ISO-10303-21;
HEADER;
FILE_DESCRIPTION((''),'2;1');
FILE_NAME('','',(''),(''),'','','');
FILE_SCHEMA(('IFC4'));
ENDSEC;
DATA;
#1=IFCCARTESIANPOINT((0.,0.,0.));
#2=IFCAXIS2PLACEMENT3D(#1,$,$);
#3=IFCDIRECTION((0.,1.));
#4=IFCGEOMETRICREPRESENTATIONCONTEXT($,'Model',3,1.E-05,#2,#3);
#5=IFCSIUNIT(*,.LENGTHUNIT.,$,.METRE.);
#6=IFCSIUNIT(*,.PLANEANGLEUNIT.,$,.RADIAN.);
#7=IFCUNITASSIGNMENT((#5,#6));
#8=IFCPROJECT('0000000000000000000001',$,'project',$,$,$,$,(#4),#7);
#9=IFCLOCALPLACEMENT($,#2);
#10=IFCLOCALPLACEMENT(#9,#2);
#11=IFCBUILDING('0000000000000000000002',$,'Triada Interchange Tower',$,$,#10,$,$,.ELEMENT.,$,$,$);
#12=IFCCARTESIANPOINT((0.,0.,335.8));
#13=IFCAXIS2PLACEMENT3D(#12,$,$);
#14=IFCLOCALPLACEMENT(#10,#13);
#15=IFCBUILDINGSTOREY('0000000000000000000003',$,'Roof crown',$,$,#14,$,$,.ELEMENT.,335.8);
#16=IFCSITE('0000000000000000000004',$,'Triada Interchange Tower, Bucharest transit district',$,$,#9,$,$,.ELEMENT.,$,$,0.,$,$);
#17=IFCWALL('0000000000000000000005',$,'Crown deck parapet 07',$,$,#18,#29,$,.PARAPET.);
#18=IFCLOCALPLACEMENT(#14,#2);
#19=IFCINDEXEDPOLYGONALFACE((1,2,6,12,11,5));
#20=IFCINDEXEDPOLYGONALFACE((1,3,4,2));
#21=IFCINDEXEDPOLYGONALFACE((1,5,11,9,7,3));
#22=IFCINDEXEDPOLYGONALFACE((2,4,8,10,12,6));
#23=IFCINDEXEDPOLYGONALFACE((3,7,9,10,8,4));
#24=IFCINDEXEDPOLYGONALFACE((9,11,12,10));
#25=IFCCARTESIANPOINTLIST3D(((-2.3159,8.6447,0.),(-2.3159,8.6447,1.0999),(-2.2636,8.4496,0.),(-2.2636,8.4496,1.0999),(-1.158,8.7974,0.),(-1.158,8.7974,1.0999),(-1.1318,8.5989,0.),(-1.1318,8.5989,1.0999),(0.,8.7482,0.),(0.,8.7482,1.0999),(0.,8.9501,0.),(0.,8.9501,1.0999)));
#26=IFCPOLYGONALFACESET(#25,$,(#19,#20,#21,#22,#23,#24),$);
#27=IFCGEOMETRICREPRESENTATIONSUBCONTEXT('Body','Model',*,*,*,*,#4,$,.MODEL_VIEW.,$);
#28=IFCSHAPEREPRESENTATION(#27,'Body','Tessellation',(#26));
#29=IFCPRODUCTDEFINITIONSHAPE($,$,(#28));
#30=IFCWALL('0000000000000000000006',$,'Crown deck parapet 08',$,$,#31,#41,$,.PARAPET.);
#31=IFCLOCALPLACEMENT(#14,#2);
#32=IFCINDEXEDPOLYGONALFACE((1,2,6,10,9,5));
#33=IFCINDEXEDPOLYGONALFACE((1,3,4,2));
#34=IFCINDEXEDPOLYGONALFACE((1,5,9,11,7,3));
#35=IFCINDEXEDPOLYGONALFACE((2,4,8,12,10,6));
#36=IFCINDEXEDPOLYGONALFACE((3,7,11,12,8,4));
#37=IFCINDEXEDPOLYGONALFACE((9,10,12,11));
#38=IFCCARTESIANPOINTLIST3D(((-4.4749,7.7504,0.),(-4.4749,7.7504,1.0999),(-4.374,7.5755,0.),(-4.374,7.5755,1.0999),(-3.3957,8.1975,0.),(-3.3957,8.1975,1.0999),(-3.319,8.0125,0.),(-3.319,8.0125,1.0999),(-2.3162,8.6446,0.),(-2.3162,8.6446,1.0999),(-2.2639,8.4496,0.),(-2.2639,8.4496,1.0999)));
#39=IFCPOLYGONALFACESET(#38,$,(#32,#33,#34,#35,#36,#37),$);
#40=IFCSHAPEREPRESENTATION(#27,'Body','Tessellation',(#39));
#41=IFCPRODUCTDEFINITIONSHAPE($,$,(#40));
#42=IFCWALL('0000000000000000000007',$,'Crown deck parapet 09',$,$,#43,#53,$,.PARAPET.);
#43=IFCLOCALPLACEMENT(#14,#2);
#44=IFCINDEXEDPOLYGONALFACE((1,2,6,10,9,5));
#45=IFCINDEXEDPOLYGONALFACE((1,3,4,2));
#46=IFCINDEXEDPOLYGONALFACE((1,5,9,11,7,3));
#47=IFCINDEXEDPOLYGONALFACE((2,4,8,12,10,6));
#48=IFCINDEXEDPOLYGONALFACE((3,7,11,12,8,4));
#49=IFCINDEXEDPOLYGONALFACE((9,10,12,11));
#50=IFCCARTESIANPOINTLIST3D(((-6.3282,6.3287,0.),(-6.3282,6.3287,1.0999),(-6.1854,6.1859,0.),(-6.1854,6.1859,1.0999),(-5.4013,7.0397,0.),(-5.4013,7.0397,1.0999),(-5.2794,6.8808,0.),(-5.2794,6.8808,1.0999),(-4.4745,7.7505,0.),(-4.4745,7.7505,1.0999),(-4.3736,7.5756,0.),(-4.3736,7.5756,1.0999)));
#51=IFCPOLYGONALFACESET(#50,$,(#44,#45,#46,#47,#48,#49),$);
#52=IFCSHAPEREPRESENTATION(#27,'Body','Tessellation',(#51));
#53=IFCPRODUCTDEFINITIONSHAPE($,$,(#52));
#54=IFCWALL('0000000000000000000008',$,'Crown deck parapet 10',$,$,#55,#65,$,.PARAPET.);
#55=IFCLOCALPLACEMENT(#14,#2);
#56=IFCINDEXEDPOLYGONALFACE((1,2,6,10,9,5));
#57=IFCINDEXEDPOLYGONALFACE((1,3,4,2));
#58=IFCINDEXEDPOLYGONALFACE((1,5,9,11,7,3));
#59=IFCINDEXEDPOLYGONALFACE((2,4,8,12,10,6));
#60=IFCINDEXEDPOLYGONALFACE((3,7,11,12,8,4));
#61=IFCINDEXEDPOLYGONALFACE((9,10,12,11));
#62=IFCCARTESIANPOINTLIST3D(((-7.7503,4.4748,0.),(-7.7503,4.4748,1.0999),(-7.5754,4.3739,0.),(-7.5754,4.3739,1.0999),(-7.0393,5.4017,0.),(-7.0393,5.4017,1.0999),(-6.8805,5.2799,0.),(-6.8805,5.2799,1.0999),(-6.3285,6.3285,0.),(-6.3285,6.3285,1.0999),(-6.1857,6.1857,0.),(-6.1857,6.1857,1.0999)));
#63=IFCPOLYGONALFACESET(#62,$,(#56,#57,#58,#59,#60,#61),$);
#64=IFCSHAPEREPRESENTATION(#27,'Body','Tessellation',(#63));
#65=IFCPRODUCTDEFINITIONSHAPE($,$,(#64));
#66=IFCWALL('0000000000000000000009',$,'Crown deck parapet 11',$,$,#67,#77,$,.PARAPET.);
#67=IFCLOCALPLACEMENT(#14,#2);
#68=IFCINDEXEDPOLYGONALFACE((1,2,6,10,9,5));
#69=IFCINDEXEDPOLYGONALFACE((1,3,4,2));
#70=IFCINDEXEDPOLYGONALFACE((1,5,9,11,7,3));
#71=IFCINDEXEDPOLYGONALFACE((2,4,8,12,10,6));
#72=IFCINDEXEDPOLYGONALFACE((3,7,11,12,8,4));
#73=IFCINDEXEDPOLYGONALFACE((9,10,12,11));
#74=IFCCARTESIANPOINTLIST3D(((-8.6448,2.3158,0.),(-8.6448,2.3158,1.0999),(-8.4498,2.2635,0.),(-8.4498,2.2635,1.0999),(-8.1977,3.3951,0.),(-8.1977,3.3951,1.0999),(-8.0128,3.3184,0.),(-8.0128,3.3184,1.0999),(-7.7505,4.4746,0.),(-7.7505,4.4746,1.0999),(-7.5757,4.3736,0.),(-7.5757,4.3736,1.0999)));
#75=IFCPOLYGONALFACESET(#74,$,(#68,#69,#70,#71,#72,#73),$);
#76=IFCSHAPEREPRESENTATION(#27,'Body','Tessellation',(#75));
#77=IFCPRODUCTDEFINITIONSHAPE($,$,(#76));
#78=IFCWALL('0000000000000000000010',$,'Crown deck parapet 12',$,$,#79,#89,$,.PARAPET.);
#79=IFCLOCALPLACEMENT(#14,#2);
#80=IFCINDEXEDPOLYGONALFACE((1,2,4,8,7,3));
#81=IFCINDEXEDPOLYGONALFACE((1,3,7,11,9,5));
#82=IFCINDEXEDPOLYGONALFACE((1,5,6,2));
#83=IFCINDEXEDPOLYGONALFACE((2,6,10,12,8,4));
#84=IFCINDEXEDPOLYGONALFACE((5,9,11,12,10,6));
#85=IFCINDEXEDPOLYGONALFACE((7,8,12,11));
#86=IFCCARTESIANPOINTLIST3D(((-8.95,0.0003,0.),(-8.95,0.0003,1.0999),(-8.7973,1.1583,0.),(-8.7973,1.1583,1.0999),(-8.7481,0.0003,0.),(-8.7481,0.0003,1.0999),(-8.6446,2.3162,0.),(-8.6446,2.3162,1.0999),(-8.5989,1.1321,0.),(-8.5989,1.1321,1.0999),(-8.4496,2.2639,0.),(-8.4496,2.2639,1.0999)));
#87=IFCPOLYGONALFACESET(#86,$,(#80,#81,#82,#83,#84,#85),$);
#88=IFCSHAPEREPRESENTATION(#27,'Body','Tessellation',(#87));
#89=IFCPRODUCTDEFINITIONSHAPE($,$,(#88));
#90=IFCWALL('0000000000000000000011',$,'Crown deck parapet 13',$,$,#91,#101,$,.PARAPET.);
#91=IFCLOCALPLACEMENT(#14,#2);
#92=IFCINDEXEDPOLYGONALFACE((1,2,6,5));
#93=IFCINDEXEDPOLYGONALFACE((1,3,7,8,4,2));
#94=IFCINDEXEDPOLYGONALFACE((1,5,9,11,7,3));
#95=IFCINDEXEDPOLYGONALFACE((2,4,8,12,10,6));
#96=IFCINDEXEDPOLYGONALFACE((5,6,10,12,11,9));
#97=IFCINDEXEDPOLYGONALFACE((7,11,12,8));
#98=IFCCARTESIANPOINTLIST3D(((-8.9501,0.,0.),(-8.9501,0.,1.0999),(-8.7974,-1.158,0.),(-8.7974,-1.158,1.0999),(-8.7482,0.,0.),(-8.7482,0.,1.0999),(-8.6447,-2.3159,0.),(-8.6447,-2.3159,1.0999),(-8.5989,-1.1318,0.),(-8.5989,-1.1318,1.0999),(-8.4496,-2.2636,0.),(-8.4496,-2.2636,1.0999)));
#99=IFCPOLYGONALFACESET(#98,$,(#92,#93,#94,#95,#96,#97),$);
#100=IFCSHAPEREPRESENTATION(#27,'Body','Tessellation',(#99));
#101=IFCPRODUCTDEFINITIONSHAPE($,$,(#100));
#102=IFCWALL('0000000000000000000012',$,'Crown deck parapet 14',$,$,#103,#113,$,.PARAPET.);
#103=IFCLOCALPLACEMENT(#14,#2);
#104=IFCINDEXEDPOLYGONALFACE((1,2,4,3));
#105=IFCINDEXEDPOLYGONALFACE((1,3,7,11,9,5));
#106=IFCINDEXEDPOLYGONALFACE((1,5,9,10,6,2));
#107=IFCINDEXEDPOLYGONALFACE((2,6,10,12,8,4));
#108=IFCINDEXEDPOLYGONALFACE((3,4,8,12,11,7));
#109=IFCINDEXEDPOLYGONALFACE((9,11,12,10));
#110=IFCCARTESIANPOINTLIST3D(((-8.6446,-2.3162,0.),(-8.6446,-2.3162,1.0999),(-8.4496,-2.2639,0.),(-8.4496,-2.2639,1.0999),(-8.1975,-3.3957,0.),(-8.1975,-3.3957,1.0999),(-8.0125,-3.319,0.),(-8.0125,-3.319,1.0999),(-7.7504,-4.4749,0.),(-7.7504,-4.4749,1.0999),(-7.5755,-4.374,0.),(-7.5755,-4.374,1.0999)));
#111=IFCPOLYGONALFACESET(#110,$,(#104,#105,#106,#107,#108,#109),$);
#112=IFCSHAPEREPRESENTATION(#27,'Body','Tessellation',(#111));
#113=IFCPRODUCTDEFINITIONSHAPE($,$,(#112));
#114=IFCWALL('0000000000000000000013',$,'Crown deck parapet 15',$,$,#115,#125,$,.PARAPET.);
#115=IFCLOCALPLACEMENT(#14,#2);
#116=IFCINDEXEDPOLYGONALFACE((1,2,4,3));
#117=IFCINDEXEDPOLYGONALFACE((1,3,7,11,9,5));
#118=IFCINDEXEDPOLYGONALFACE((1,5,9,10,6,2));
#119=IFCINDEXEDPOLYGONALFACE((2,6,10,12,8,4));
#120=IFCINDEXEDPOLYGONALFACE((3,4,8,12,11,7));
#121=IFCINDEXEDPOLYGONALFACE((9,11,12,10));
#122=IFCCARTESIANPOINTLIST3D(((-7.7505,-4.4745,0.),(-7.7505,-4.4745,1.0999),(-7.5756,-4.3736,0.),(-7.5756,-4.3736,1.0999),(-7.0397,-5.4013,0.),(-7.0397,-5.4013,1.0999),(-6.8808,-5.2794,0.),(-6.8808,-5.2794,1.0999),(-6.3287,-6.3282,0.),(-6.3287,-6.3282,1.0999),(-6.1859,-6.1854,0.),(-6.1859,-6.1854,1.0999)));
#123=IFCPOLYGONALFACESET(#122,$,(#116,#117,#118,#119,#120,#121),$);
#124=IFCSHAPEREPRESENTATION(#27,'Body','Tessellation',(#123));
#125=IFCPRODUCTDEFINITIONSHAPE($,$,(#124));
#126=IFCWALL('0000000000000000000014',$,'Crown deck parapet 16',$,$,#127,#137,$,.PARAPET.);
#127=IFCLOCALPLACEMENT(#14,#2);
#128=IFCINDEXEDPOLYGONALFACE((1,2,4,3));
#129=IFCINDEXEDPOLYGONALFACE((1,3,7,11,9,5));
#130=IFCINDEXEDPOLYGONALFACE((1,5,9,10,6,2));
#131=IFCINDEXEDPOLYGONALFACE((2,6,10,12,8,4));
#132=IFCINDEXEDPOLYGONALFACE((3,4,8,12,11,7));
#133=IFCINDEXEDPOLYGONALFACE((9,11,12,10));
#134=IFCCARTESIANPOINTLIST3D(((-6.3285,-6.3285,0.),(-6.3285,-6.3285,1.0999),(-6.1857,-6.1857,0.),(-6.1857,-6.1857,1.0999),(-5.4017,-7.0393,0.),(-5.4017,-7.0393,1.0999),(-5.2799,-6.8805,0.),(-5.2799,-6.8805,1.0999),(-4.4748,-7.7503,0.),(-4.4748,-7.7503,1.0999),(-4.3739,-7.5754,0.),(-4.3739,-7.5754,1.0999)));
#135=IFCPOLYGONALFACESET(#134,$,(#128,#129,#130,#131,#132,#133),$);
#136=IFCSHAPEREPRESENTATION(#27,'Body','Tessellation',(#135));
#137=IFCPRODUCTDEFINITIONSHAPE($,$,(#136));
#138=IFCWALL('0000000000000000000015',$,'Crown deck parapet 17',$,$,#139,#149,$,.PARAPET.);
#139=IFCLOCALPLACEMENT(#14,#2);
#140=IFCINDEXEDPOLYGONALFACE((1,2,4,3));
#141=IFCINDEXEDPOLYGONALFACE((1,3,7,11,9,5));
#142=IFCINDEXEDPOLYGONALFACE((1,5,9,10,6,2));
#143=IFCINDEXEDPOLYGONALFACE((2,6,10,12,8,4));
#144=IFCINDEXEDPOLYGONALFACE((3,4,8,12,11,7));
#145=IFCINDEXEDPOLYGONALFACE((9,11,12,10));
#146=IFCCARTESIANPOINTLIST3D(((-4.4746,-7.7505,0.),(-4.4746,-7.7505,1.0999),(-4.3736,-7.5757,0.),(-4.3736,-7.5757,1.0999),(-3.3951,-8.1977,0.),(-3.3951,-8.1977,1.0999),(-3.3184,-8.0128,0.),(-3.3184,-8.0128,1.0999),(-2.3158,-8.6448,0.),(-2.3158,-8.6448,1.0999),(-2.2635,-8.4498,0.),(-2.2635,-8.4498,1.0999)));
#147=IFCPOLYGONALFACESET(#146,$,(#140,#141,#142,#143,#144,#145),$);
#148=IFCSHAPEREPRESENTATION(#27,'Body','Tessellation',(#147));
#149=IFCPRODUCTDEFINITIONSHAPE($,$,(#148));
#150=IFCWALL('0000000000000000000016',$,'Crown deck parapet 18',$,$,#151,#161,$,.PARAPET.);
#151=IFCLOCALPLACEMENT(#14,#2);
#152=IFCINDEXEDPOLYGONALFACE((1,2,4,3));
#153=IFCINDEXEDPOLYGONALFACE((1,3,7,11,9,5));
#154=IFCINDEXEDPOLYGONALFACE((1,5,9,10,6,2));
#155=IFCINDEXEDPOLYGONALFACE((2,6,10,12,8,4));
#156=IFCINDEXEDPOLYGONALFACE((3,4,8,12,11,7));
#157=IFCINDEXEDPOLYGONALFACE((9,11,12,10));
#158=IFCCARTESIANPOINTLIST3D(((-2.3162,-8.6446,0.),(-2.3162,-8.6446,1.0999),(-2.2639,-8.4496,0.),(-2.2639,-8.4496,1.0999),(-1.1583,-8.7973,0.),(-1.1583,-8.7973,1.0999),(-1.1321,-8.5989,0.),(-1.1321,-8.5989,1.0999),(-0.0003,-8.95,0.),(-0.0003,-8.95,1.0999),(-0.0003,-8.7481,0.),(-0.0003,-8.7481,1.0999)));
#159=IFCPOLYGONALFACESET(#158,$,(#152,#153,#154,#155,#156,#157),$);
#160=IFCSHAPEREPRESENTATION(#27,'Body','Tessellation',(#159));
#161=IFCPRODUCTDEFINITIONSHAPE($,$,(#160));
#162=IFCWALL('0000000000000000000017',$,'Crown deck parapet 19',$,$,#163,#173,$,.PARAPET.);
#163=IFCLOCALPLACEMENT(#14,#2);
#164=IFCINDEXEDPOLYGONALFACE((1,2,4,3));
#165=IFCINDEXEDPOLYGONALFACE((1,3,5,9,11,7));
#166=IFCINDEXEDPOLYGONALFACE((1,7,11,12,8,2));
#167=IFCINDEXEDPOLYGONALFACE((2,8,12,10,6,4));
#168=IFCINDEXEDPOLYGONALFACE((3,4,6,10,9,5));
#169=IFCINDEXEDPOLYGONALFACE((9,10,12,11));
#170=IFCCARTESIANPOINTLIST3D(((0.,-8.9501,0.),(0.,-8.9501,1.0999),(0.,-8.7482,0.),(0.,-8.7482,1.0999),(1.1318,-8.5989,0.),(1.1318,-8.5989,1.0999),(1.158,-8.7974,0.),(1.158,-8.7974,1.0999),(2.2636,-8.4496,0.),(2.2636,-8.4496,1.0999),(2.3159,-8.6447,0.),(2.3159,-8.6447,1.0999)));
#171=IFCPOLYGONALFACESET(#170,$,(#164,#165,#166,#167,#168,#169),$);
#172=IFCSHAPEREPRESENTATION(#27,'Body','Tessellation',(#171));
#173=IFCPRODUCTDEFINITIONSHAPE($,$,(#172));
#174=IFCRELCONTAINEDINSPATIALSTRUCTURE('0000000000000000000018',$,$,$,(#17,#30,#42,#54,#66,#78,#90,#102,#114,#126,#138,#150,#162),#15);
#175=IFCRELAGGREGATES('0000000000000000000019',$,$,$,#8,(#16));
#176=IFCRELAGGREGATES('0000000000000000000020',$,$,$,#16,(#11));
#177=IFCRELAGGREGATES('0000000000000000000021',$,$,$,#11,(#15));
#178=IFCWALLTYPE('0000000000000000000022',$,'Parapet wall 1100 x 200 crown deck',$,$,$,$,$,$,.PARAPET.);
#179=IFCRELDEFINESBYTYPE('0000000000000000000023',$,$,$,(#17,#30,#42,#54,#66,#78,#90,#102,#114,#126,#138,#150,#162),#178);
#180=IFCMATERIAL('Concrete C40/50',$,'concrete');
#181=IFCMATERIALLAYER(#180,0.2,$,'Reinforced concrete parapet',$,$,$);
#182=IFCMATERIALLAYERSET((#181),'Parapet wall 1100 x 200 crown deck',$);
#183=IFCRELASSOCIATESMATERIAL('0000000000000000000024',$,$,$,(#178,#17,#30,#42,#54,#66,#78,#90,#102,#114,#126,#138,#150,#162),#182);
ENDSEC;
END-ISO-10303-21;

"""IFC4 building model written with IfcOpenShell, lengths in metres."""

from ifc_helpers import new_model, si_unit, direction, frame, origin, place, context, subcontext, project, spatial, polyline, outline, extrude, material, layer, layer_set, layer_usage, type_object, element, save


model = new_model("IFC4")

# Units and contexts
model_context = context("Model", 3, precision=1e-05, world=origin(), true_north=direction((0.0, 1.0)))
body_context = subcontext(model_context, "Body", "Model", "MODEL_VIEW")
ifc_project = project(units=[si_unit("LENGTHUNIT", "METRE"), si_unit("PLANEANGLEUNIT", "RADIAN")], contexts=[model_context])

# Site, building, storey
site_placement = place(None, origin())
site = spatial("IfcSite", under=ifc_project, at=site_placement, Name="Triada Interchange Tower, Bucharest transit district", CompositionType="ELEMENT", RefElevation=0.0)
building_placement = place(site_placement, origin())
building = spatial("IfcBuilding", under=site, at=building_placement, Name="Triada Interchange Tower", CompositionType="ELEMENT")
storey_placement = place(building_placement, frame((0.0, 0.0, 335.8)))
storey = spatial("IfcBuildingStorey", under=building, at=storey_placement, Name="Roof crown", CompositionType="ELEMENT", Elevation=335.8)

# Shared definitions
ifc_material_1 = material(Name="Concrete C40/50", Category="concrete")

# Walls
ifc_layer_1 = layer(ifc_material_1, 0.2, Name="Reinforced concrete parapet")
ifc_layer_set_1 = layer_set([ifc_layer_1], Name="Parapet wall 1100 x 200 crown deck")
ifc_layer_usage_1 = layer_usage(ifc_layer_set_1, "AXIS2", "POSITIVE", -0.1001)
wall_type_1 = type_object("IfcWallType", Name="Parapet wall 1100 x 200 crown deck", PredefinedType="PARAPET", material=ifc_layer_set_1)
wall_1_placement = place(storey_placement, frame((0.0, 8.8491, 0.0), z_axis=(0.0, 0.0, 1.0), x_axis=(-0.991416, -0.130744, 0.0)))
element("IfcWall", 1, at=wall_1_placement, inside=storey, type_object=wall_type_1, material=ifc_layer_usage_1, Name="Crown deck parapet 07", PredefinedType="PARAPET", context=body_context, shape_type="SweptSolid", body=[
    extrude(outline(polyline([(-0.0132, -0.1001), (1.1548, -0.1001), (2.3228, -0.1001), (2.2964, 0.1001), (1.1548, 0.1001), (0.0132, 0.1001), (-0.0132, -0.1001)])), origin(), (0.0, 0.0, 1.0), 1.0999),
])
wall_2_placement = place(storey_placement, frame((-2.29, 8.5471, 0.0), z_axis=(0.0, 0.0, 1.0), x_axis=(-0.923866, -0.382716, 0.0)))
element("IfcWall", 2, at=wall_2_placement, inside=storey, type_object=wall_type_1, material=ifc_layer_usage_1, Name="Crown deck parapet 08", PredefinedType="PARAPET", context=body_context, shape_type="SweptSolid", body=[
    extrude(outline(polyline([(-0.0132, -0.1001), (1.1553, -0.1001), (2.3235, -0.1001), (2.2971, 0.1001), (1.1553, 0.1001), (0.0132, 0.1001), (-0.0132, -0.1001)])), origin(), (0.0, 0.0, 1.0), 1.0999),
])
for number, where, z_axis, x_axis, name in (
    (3, (-4.4241, 7.6631, 0.0), (0.0, 0.0, 1.0), (-0.79346, -0.608622, 0.0), "Crown deck parapet 09"),
    (4, (-6.2571, 6.2571, 0.0), (0.0, 0.0, 1.0), (-0.608622, -0.79346, 0.0), "Crown deck parapet 10"),
):
    element("IfcWall", number, at=place(storey_placement, frame(where, z_axis=z_axis, x_axis=x_axis)), inside=storey, type_object=wall_type_1, material=ifc_layer_usage_1, Name=name, PredefinedType="PARAPET", context=body_context, shape_type="SweptSolid", body=[
        extrude(outline(polyline([(-0.0132, -0.1001), (1.1548, -0.1001), (2.323, -0.1001), (2.2966, 0.1001), (1.1548, 0.1001), (0.0132, 0.1001), (-0.0132, -0.1001)])), origin(), (0.0, 0.0, 1.0), 1.0999),
    ])
wall_3_placement = place(storey_placement, frame((-7.6631, 4.4241, 0.0), z_axis=(0.0, 0.0, 1.0), x_axis=(-0.382716, -0.923866, 0.0)))
element("IfcWall", 5, at=wall_3_placement, inside=storey, type_object=wall_type_1, material=ifc_layer_usage_1, Name="Crown deck parapet 11", PredefinedType="PARAPET", context=body_context, shape_type="SweptSolid", body=[
    extrude(outline(polyline([(-0.0132, -0.1001), (1.1553, -0.1001), (2.3235, -0.1001), (2.2971, 0.1001), (1.1553, 0.1001), (0.0132, 0.1001), (-0.0132, -0.1001)])), origin(), (0.0, 0.0, 1.0), 1.0999),
])
for number, where, z_axis, x_axis, name in (
    (6, (-8.5471, 2.29, 0.0), (0.0, 0.0, 1.0), (-0.130744, -0.991416, 0.0), "Crown deck parapet 12"),
    (7, (-8.8491, 0.0, 0.0), (0.0, 0.0, 1.0), (0.130744, -0.991416, 0.0), "Crown deck parapet 13"),
):
    element("IfcWall", number, at=place(storey_placement, frame(where, z_axis=z_axis, x_axis=x_axis)), inside=storey, type_object=wall_type_1, material=ifc_layer_usage_1, Name=name, PredefinedType="PARAPET", context=body_context, shape_type="SweptSolid", body=[
        extrude(outline(polyline([(-0.0132, -0.1001), (1.1548, -0.1001), (2.3228, -0.1001), (2.2964, 0.1001), (1.1548, 0.1001), (0.0132, 0.1001), (-0.0132, -0.1001)])), origin(), (0.0, 0.0, 1.0), 1.0999),
    ])
wall_4_placement = place(storey_placement, frame((-8.5471, -2.29, 0.0), z_axis=(0.0, 0.0, 1.0), x_axis=(0.382716, -0.923866, 0.0)))
element("IfcWall", 8, at=wall_4_placement, inside=storey, type_object=wall_type_1, material=ifc_layer_usage_1, Name="Crown deck parapet 14", PredefinedType="PARAPET", context=body_context, shape_type="SweptSolid", body=[
    extrude(outline(polyline([(-0.0132, -0.1001), (1.1553, -0.1001), (2.3235, -0.1001), (2.2971, 0.1001), (1.1553, 0.1001), (0.0132, 0.1001), (-0.0132, -0.1001)])), origin(), (0.0, 0.0, 1.0), 1.0999),
])
for number, where, z_axis, x_axis, name in (
    (9, (-7.6631, -4.4241, 0.0), (0.0, 0.0, 1.0), (0.608622, -0.79346, 0.0), "Crown deck parapet 15"),
    (10, (-6.2571, -6.2571, 0.0), (0.0, 0.0, 1.0), (0.79346, -0.608622, 0.0), "Crown deck parapet 16"),
):
    element("IfcWall", number, at=place(storey_placement, frame(where, z_axis=z_axis, x_axis=x_axis)), inside=storey, type_object=wall_type_1, material=ifc_layer_usage_1, Name=name, PredefinedType="PARAPET", context=body_context, shape_type="SweptSolid", body=[
        extrude(outline(polyline([(-0.0132, -0.1001), (1.1548, -0.1001), (2.323, -0.1001), (2.2966, 0.1001), (1.1548, 0.1001), (0.0132, 0.1001), (-0.0132, -0.1001)])), origin(), (0.0, 0.0, 1.0), 1.0999),
    ])
wall_5_placement = place(storey_placement, frame((-4.4241, -7.6631, 0.0), z_axis=(0.0, 0.0, 1.0), x_axis=(0.923866, -0.382716, 0.0)))
element("IfcWall", 11, at=wall_5_placement, inside=storey, type_object=wall_type_1, material=ifc_layer_usage_1, Name="Crown deck parapet 17", PredefinedType="PARAPET", context=body_context, shape_type="SweptSolid", body=[
    extrude(outline(polyline([(-0.0132, -0.1001), (1.1553, -0.1001), (2.3235, -0.1001), (2.2971, 0.1001), (1.1553, 0.1001), (0.0132, 0.1001), (-0.0132, -0.1001)])), origin(), (0.0, 0.0, 1.0), 1.0999),
])
for number, where, z_axis, x_axis, name in (
    (12, (-2.29, -8.5471, 0.0), (0.0, 0.0, 1.0), (0.991416, -0.130744, 0.0), "Crown deck parapet 18"),
    (13, (0.0, -8.8491, 0.0), (0.0, 0.0, 1.0), (0.991416, 0.130744, 0.0), "Crown deck parapet 19"),
):
    element("IfcWall", number, at=place(storey_placement, frame(where, z_axis=z_axis, x_axis=x_axis)), inside=storey, type_object=wall_type_1, material=ifc_layer_usage_1, Name=name, PredefinedType="PARAPET", context=body_context, shape_type="SweptSolid", body=[
        extrude(outline(polyline([(-0.0132, -0.1001), (1.1548, -0.1001), (2.3228, -0.1001), (2.2964, 0.1001), (1.1548, 0.1001), (0.0132, 0.1001), (-0.0132, -0.1001)])), origin(), (0.0, 0.0, 1.0), 1.0999),
    ])

save(model, "model.ifc")
